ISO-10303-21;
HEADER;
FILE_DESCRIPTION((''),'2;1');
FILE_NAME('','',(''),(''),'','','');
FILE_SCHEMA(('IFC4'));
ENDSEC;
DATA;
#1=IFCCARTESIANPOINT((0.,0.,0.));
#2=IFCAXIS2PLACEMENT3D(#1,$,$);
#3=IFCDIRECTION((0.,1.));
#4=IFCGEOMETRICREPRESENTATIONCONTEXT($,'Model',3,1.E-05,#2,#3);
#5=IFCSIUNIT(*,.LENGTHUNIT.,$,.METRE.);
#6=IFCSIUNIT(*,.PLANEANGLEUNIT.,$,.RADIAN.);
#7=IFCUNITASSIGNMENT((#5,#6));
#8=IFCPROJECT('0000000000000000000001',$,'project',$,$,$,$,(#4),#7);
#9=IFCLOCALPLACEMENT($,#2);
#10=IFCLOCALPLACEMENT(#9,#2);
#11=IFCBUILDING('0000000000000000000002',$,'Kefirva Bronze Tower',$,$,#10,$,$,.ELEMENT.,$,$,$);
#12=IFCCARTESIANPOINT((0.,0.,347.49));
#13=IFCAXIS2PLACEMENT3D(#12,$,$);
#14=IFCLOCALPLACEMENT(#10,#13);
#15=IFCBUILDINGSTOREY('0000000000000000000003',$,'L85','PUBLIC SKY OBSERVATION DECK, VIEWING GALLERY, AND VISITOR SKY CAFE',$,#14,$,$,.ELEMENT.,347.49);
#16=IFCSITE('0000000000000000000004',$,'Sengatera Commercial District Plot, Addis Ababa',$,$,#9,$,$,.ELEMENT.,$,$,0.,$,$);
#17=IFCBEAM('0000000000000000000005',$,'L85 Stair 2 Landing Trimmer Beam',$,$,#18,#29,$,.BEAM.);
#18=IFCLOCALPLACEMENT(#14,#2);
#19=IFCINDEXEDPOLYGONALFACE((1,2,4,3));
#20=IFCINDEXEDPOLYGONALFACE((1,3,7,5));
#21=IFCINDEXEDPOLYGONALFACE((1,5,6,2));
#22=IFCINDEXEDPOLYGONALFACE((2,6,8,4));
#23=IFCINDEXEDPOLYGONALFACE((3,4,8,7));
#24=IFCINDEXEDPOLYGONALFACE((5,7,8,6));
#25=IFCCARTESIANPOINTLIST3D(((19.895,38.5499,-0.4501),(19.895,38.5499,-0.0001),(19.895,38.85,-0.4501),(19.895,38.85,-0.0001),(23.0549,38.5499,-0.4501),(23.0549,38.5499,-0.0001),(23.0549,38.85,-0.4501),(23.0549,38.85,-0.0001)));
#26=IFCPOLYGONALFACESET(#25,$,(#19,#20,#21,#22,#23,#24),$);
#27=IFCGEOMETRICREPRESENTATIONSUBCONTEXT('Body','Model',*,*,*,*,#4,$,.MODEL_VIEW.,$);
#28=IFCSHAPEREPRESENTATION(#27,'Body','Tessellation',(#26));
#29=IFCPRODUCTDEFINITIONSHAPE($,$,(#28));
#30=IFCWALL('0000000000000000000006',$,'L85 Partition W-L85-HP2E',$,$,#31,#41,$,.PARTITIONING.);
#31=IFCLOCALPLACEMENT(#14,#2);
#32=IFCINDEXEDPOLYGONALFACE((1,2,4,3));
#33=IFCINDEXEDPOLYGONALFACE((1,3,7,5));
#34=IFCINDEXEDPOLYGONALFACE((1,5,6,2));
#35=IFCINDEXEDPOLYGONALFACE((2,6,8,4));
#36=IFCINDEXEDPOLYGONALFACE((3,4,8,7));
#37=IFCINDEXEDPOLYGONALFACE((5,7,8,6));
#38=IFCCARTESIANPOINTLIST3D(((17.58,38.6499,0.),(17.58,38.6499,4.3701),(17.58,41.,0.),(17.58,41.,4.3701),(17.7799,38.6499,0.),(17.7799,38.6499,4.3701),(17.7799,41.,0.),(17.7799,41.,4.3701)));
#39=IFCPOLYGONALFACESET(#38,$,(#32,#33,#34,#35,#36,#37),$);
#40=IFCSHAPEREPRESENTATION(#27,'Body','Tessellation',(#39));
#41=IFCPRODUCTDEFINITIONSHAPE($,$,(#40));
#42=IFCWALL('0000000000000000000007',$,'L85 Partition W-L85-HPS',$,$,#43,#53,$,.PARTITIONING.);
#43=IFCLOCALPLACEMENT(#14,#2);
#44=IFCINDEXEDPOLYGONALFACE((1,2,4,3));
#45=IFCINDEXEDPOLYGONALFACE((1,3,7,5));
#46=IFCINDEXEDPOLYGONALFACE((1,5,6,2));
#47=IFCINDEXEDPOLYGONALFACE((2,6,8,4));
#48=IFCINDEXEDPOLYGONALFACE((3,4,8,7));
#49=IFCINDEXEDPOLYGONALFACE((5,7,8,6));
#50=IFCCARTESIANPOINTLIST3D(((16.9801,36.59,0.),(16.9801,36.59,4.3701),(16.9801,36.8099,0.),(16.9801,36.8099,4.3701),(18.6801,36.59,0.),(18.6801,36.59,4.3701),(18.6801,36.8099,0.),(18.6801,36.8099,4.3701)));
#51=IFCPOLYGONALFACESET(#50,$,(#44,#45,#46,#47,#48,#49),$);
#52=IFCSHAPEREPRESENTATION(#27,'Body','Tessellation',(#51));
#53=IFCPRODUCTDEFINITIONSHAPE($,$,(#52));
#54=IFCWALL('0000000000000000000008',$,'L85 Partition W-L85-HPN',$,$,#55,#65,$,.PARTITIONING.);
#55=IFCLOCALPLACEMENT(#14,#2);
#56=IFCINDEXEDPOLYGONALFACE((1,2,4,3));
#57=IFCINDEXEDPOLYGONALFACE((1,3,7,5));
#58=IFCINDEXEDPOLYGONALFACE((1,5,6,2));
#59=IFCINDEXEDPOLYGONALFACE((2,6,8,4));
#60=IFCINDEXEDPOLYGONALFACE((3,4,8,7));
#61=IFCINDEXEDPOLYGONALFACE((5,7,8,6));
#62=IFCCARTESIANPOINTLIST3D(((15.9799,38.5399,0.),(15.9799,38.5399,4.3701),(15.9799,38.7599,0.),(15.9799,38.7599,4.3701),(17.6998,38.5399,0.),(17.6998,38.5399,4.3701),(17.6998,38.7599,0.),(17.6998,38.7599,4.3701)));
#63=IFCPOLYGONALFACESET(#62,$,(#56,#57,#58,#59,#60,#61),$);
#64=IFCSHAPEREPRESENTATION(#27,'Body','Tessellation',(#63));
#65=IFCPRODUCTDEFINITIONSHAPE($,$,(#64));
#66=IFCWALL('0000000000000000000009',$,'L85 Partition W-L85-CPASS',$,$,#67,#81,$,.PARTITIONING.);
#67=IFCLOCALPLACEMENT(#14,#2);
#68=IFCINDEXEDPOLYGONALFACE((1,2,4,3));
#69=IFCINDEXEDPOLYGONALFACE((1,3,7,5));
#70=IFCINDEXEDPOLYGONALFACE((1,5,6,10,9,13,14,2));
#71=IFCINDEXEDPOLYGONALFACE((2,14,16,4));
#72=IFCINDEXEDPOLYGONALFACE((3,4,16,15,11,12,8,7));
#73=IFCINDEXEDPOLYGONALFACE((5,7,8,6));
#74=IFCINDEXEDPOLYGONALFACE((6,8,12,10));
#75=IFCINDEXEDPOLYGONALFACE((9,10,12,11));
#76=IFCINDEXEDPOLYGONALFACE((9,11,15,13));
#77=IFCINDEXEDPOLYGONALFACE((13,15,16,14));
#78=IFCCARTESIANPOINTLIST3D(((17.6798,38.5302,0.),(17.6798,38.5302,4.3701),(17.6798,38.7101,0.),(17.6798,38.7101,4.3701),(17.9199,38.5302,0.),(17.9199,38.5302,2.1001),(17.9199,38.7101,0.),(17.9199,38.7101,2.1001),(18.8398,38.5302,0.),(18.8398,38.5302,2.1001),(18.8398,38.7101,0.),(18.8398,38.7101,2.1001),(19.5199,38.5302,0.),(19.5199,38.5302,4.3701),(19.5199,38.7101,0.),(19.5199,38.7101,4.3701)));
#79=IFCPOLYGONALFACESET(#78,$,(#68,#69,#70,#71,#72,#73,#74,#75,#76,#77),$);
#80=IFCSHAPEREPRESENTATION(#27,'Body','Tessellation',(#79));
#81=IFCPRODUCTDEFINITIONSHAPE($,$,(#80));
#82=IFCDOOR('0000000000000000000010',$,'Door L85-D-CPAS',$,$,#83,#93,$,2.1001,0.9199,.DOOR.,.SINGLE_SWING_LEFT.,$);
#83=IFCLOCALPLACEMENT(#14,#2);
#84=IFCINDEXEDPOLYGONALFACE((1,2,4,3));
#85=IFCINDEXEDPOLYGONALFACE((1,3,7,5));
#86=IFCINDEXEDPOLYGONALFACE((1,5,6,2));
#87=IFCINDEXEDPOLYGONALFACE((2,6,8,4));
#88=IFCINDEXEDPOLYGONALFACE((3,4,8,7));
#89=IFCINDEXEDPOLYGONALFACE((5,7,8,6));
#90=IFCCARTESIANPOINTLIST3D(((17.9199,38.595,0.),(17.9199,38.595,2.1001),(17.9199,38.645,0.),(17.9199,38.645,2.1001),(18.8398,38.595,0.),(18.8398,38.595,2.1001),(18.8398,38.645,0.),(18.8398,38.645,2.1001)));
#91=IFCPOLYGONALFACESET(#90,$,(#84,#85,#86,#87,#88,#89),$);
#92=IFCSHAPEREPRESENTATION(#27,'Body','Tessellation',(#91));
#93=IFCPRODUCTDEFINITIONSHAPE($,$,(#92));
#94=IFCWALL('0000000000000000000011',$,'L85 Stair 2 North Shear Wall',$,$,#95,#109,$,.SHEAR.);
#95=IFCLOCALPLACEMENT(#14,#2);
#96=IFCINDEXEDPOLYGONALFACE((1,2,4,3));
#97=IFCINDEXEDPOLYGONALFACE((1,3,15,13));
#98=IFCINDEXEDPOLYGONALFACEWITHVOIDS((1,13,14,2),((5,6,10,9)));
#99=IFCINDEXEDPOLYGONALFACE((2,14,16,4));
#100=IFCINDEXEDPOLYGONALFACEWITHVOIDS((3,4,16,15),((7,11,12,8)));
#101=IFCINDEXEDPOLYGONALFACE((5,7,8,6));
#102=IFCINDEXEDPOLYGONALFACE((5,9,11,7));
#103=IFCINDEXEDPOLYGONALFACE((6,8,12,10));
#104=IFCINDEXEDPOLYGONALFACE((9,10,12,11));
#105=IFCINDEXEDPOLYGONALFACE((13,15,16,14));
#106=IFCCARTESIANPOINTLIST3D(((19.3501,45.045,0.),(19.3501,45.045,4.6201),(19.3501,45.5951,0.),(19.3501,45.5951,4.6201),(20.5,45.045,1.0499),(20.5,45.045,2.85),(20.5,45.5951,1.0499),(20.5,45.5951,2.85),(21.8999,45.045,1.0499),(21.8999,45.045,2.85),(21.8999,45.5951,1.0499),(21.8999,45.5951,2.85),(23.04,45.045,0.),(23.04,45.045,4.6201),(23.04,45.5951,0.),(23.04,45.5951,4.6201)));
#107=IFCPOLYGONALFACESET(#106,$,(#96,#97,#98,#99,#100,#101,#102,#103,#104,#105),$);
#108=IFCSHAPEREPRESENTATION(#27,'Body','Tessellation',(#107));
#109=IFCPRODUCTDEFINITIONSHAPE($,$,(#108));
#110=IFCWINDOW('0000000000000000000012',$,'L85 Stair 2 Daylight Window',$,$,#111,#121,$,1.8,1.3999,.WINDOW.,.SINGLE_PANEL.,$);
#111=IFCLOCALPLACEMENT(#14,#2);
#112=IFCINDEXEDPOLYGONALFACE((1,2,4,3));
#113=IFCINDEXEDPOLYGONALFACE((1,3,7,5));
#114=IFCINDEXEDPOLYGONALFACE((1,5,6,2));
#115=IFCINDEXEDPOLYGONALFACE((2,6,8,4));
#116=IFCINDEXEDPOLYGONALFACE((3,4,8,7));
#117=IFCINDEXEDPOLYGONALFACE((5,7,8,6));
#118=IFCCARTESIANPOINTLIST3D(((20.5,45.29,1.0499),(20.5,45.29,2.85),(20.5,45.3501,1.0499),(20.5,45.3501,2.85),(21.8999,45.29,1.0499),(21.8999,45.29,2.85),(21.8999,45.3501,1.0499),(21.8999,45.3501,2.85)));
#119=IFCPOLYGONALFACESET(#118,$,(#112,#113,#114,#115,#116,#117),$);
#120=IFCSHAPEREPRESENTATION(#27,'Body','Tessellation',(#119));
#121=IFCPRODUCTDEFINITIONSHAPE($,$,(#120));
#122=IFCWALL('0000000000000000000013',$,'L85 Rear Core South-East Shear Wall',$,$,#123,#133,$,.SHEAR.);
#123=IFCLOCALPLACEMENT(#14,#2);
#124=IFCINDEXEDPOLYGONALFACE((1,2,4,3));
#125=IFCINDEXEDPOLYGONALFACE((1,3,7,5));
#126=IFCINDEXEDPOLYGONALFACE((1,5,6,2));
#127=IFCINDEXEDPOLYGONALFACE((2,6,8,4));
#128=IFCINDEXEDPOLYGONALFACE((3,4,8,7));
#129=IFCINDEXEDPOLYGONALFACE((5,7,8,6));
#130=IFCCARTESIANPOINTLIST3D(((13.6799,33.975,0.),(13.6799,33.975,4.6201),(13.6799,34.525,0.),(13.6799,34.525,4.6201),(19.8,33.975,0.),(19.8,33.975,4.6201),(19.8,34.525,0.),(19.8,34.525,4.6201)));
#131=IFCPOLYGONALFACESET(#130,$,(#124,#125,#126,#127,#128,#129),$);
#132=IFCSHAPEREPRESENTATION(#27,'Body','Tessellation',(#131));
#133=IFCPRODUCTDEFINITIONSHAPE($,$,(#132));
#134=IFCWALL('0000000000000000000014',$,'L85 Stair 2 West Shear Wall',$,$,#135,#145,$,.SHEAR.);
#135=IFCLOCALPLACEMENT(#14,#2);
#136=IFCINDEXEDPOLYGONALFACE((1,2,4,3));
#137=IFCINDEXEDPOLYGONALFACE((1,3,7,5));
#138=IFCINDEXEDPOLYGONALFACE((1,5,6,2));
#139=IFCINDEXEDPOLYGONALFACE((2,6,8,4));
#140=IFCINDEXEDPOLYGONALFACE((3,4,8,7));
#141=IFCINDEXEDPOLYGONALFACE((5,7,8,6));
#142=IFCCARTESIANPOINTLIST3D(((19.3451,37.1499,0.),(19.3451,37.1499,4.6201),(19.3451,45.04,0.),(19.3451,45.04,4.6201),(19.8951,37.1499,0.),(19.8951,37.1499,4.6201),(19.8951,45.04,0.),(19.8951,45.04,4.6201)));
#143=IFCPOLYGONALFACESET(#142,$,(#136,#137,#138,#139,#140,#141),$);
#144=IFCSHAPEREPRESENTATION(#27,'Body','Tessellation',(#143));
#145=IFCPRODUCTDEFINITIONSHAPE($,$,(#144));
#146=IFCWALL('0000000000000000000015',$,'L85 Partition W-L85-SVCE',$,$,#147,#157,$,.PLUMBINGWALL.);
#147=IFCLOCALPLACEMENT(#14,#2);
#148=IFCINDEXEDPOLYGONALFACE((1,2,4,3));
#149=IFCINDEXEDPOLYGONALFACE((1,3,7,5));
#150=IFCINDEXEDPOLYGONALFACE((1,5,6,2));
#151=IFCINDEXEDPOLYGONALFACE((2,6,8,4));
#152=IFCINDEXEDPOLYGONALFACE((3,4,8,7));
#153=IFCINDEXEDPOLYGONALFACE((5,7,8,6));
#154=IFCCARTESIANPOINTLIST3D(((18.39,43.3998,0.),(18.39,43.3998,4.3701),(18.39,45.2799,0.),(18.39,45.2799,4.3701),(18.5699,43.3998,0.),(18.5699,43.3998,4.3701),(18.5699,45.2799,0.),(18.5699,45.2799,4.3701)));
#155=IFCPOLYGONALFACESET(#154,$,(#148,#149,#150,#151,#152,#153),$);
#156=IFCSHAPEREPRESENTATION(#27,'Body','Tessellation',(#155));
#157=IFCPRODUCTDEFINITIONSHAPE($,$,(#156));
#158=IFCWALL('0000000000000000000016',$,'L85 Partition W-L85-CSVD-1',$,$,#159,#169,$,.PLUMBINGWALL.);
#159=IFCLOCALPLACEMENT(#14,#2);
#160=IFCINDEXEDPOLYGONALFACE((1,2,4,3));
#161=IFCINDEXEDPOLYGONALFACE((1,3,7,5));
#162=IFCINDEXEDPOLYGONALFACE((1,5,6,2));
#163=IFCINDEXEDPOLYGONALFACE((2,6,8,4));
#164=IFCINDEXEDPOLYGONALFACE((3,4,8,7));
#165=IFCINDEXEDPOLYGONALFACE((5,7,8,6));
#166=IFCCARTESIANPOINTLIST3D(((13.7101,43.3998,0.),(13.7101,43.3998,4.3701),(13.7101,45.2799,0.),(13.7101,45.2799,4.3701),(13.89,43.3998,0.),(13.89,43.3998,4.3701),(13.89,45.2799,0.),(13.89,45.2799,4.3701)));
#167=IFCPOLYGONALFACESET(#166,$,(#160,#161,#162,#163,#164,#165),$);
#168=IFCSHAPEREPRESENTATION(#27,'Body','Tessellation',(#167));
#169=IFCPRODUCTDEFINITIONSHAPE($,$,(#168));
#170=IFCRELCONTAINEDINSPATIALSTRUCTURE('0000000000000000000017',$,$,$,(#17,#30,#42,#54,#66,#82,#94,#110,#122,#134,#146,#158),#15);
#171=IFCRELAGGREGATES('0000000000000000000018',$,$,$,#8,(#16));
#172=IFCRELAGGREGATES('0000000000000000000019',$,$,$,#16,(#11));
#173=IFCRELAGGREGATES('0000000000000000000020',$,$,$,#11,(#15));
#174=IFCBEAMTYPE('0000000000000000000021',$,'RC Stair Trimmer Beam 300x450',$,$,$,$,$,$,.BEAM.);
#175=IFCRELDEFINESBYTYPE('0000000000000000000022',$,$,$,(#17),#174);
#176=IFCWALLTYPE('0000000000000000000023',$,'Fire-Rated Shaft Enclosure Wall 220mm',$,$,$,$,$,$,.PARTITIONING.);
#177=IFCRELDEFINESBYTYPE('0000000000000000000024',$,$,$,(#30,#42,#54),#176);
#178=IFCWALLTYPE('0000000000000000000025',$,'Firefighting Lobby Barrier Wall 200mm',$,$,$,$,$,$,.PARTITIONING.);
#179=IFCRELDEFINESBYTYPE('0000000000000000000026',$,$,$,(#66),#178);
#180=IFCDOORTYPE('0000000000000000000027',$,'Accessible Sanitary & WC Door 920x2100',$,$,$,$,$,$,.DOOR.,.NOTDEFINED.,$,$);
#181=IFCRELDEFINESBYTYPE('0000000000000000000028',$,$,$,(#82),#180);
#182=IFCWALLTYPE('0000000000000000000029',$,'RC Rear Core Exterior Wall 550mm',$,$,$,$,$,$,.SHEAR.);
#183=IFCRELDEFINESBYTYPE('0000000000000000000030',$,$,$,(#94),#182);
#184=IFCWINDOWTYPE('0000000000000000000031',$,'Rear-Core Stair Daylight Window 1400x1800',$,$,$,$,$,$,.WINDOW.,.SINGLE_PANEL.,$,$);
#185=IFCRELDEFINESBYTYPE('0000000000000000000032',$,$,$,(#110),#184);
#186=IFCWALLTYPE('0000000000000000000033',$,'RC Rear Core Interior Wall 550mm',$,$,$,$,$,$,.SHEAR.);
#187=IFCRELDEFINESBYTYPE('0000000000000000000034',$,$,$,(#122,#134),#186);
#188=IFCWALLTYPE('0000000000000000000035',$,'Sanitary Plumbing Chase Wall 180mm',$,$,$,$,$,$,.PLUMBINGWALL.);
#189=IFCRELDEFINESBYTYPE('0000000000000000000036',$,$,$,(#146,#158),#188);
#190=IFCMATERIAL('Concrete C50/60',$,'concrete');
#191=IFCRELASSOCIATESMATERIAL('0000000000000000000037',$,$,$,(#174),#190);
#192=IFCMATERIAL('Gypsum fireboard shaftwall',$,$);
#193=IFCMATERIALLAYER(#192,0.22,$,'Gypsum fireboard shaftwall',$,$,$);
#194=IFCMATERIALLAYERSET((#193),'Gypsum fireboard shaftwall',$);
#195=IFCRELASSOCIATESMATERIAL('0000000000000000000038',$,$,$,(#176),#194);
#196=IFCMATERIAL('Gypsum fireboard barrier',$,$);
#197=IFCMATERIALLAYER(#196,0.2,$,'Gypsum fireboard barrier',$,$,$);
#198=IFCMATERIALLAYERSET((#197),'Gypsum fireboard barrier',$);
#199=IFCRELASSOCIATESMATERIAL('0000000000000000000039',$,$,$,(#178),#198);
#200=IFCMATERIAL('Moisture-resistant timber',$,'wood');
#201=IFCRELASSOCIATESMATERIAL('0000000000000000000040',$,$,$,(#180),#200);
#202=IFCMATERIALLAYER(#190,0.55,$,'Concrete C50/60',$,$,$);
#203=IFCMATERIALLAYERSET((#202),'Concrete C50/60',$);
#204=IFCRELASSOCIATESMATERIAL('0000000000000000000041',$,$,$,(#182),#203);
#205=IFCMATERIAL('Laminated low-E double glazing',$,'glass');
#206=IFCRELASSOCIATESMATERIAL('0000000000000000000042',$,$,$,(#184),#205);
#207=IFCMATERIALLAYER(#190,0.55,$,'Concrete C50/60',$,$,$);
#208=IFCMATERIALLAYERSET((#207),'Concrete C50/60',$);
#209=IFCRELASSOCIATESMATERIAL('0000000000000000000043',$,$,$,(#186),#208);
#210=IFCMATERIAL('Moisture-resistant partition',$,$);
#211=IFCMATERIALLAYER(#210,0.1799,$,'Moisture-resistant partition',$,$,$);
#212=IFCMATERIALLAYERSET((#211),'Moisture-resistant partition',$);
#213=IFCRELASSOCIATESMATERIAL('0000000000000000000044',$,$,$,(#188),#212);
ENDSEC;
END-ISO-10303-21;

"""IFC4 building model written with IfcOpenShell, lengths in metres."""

from ifc_helpers import new_model, si_unit, direction, frame, frame_2d, origin, origin_2d, place, context, subcontext, project, spatial, rectangle, extrude, material, layer, layer_set, material_profile, profile_set, type_object, element, fill, save


model = new_model("IFC4")

# Units and contexts
model_context = context("Model", 3, precision=1e-05, world=origin(), true_north=direction((0.0, 1.0)))
body_context = subcontext(model_context, "Body", "Model", "MODEL_VIEW")
ifc_project = project(units=[si_unit("LENGTHUNIT", "METRE"), si_unit("PLANEANGLEUNIT", "RADIAN")], contexts=[model_context])

# Site, building, storey
site_placement = place(None, origin())
site = spatial("IfcSite", under=ifc_project, at=site_placement, Name="Sengatera Commercial District Plot, Addis Ababa", CompositionType="ELEMENT", RefElevation=0.0)
building_placement = place(site_placement, origin())
building = spatial("IfcBuilding", under=site, at=building_placement, Name="Kefirva Bronze Tower", CompositionType="ELEMENT")
storey_placement = place(building_placement, frame((0.0, 0.0, 347.49)))
storey = spatial("IfcBuildingStorey", under=building, at=storey_placement, Name="L85", Description="PUBLIC SKY OBSERVATION DECK, VIEWING GALLERY, AND VISITOR SKY CAFE", CompositionType="ELEMENT", Elevation=347.49)

# Beam
ifc_material_1 = material(Name="Concrete C50/60", Category="concrete")
ifc_material_profile = material_profile(ifc_material_1, rectangle(XDim=0.3, YDim=0.45, at=origin_2d()), Name="RC 300x450")
ifc_profile_set = profile_set([ifc_material_profile], Name="Concrete C50/60")
beam_type = type_object("IfcBeamType", Name="RC Stair Trimmer Beam 300x450", PredefinedType="BEAM", material=ifc_profile_set)
beam_placement = place(storey_placement, frame((19.895, 38.7, -0.2251), z_axis=(1.0, 0.0, 0.0), x_axis=(0.0, 1.0, 0.0)))
element("IfcBeam", 1, at=beam_placement, inside=storey, type_object=beam_type, Name="L85 Stair 2 Landing Trimmer Beam", PredefinedType="BEAM", context=body_context, shape_type="SweptSolid", body=[
    extrude(rectangle(XDim=0.3, YDim=0.45, at=origin_2d()), origin(), (0.0, 0.0, 1.0), 3.1599),
])

# Shared definitions
ifc_material_2 = material(Name="Gypsum fireboard shaftwall")
ifc_layer_1 = layer(ifc_material_2, 0.22, Name="Gypsum fireboard shaftwall")
ifc_layer_set_1 = layer_set([ifc_layer_1], Name="Gypsum fireboard shaftwall")
wall_type_1 = type_object("IfcWallType", Name="Fire-Rated Shaft Enclosure Wall 220mm", PredefinedType="PARTITIONING", material=ifc_layer_set_1)

# Walls
wall_1_placement = place(storey_placement, frame((17.6799, 38.6499, 0.0), z_axis=(0.0, 0.0, 1.0), x_axis=(0.0, 1.0, 0.0)))
element("IfcWall", 2, at=wall_1_placement, inside=storey, type_object=wall_type_1, Name="L85 Partition W-L85-HP2E", PredefinedType="PARTITIONING", context=body_context, shape_type="SweptSolid", body=[
    extrude(rectangle(XDim=2.3501, YDim=0.2, at=frame_2d((1.175, 0.0))), origin(), (0.0, 0.0, 1.0), 4.3701),
])
wall_2_placement = place(storey_placement, frame((16.98, 36.7, 0.0), z_axis=(0.0, 0.0, 1.0), x_axis=(1.0, 0.0, 0.0)))
element("IfcWall", 3, at=wall_2_placement, inside=storey, type_object=wall_type_1, Name="L85 Partition W-L85-HPS", PredefinedType="PARTITIONING", context=body_context, shape_type="SweptSolid", body=[
    extrude(rectangle(XDim=1.7, YDim=0.22, at=frame_2d((0.8501, 0.0))), origin(), (0.0, 0.0, 1.0), 4.3701),
])
wall_3_placement = place(storey_placement, frame((15.98, 38.6499, 0.0), z_axis=(0.0, 0.0, 1.0), x_axis=(1.0, 0.0, 0.0)))
element("IfcWall", 4, at=wall_3_placement, inside=storey, type_object=wall_type_1, Name="L85 Partition W-L85-HPN", PredefinedType="PARTITIONING", context=body_context, shape_type="SweptSolid", body=[
    extrude(rectangle(XDim=1.72, YDim=0.22, at=frame_2d((0.8599, 0.0))), origin(), (0.0, 0.0, 1.0), 4.3701),
])

# Wall, opening, door
ifc_material_3 = material(Name="Gypsum fireboard barrier")
ifc_layer_2 = layer(ifc_material_3, 0.2, Name="Gypsum fireboard barrier")
ifc_layer_set_2 = layer_set([ifc_layer_2], Name="Gypsum fireboard barrier")
wall_type_2 = type_object("IfcWallType", Name="Firefighting Lobby Barrier Wall 200mm", PredefinedType="PARTITIONING", material=ifc_layer_set_2)
wall_4_placement = place(storey_placement, frame((17.6799, 38.6201, 0.0), z_axis=(0.0, 0.0, 1.0), x_axis=(1.0, 0.0, 0.0)))
wall_4 = element("IfcWall", 5, at=wall_4_placement, inside=storey, type_object=wall_type_2, Name="L85 Partition W-L85-CPASS", PredefinedType="PARTITIONING", context=body_context, shape_type="SweptSolid", body=[
    extrude(rectangle(XDim=1.8401, YDim=0.1799, at=frame_2d((0.9199, 0.0))), origin(), (0.0, 0.0, 1.0), 4.3701),
])
opening_1_placement = place(wall_4_placement, frame((0.24, 0.0, 0.0)))
opening_1 = element("IfcOpeningElement", 6, at=opening_1_placement, cuts=wall_4, PredefinedType="OPENING", context=body_context, shape_type="SweptSolid", body=[
    extrude(rectangle(XDim=0.9199, YDim=2.1001, at=frame_2d((0.46, 1.05))), frame((0.0, 0.1001, 0.0), z_axis=(0.0, -1.0, 0.0), x_axis=(1.0, 0.0, 0.0)), (0.0, 0.0, 1.0), 0.2),
])
ifc_material_4 = material(Name="Moisture-resistant timber", Category="wood")
door_type_1 = type_object("IfcDoorType", Name="Accessible Sanitary & WC Door 920x2100", OperationType="NOTDEFINED", PredefinedType="DOOR", material=ifc_material_4)
door_1_placement = place(opening_1_placement, origin())
door_1 = element("IfcDoor", 7, at=door_1_placement, inside=storey, type_object=door_type_1, Name="Door L85-D-CPAS", OperationType="SINGLE_SWING_LEFT", OverallHeight=2.1001, OverallWidth=0.9199, PredefinedType="DOOR", context=body_context, shape_type="SweptSolid", body=[
    extrude(rectangle(XDim=0.9199, YDim=2.1001, at=frame_2d((0.46, 1.05))), frame((0.0, 0.0249, 0.0), z_axis=(0.0, -1.0, 0.0), x_axis=(1.0, 0.0, 0.0)), (0.0, 0.0, 1.0), 0.05),
])
fill(opening_1, door_1)

# Wall, opening, window
ifc_layer_3 = layer(ifc_material_1, 0.55, Name="Concrete C50/60")
ifc_layer_set_3 = layer_set([ifc_layer_3], Name="Concrete C50/60")
wall_type_3 = type_object("IfcWallType", Name="RC Rear Core Exterior Wall 550mm", PredefinedType="SHEAR", material=ifc_layer_set_3)
wall_5_placement = place(storey_placement, frame((19.3501, 45.3201, 0.0), z_axis=(0.0, 0.0, 1.0), x_axis=(1.0, 0.0, 0.0)))
wall_5 = element("IfcWall", 8, at=wall_5_placement, inside=storey, type_object=wall_type_3, Name="L85 Stair 2 North Shear Wall", PredefinedType="SHEAR", context=body_context, shape_type="SweptSolid", body=[
    extrude(rectangle(XDim=3.6899, YDim=0.55, at=frame_2d((1.845, 0.0))), origin(), (0.0, 0.0, 1.0), 4.6201),
])
opening_2_placement = place(wall_5_placement, frame((1.1499, 0.0, 1.05)))
opening_2 = element("IfcOpeningElement", 9, at=opening_2_placement, cuts=wall_5, PredefinedType="OPENING", context=body_context, shape_type="SweptSolid", body=[
    extrude(rectangle(XDim=1.3999, YDim=1.8, at=frame_2d((0.7, 0.8999))), frame((0.0, 0.2852, 0.0), z_axis=(0.0, -1.0, 0.0), x_axis=(1.0, 0.0, 0.0)), (0.0, 0.0, 1.0), 0.5701),
])
ifc_material_5 = material(Name="Laminated low-E double glazing", Category="glass")
window_type = type_object("IfcWindowType", Name="Rear-Core Stair Daylight Window 1400x1800", PartitioningType="SINGLE_PANEL", PredefinedType="WINDOW", material=ifc_material_5)
window_placement = place(opening_2_placement, origin())
window = element("IfcWindow", 10, at=window_placement, inside=storey, type_object=window_type, Name="L85 Stair 2 Daylight Window", OverallHeight=1.8, OverallWidth=1.3999, PartitioningType="SINGLE_PANEL", PredefinedType="WINDOW", context=body_context, shape_type="SweptSolid", body=[
    extrude(rectangle(XDim=1.3999, YDim=1.8, at=frame_2d((0.7, 0.8999))), frame((0.0, 0.03, 0.0), z_axis=(0.0, -1.0, 0.0), x_axis=(1.0, 0.0, 0.0)), (0.0, 0.0, 1.0), 0.0601),
])
fill(opening_2, window)

# Walls
ifc_layer_4 = layer(ifc_material_1, 0.55, Name="Concrete C50/60")
ifc_layer_set_4 = layer_set([ifc_layer_4], Name="Concrete C50/60")
wall_type_4 = type_object("IfcWallType", Name="RC Rear Core Interior Wall 550mm", PredefinedType="SHEAR", material=ifc_layer_set_4)
wall_6_placement = place(storey_placement, frame((13.6799, 34.25, 0.0), z_axis=(0.0, 0.0, 1.0), x_axis=(1.0, 0.0, 0.0)))
element("IfcWall", 11, at=wall_6_placement, inside=storey, type_object=wall_type_4, Name="L85 Rear Core South-East Shear Wall", PredefinedType="SHEAR", context=body_context, shape_type="SweptSolid", body=[
    extrude(rectangle(XDim=6.1201, YDim=0.55, at=frame_2d((3.0601, 0.0))), origin(), (0.0, 0.0, 1.0), 4.6201),
])
wall_7_placement = place(storey_placement, frame((19.6201, 37.1499, 0.0), z_axis=(0.0, 0.0, 1.0), x_axis=(0.0, 1.0, 0.0)))
element("IfcWall", 12, at=wall_7_placement, inside=storey, type_object=wall_type_4, Name="L85 Stair 2 West Shear Wall", PredefinedType="SHEAR", context=body_context, shape_type="SweptSolid", body=[
    extrude(rectangle(XDim=7.8901, YDim=0.55, at=frame_2d((3.9451, 0.0))), origin(), (0.0, 0.0, 1.0), 4.6201),
])
ifc_material_6 = material(Name="Moisture-resistant partition")
ifc_layer_5 = layer(ifc_material_6, 0.1799, Name="Moisture-resistant partition")
ifc_layer_set_5 = layer_set([ifc_layer_5], Name="Moisture-resistant partition")
wall_type_5 = type_object("IfcWallType", Name="Sanitary Plumbing Chase Wall 180mm", PredefinedType="PLUMBINGWALL", material=ifc_layer_set_5)
for number, where, z_axis, x_axis, name in (
    (13, (18.48, 43.3999, 0.0), (0.0, 0.0, 1.0), (0.0, 1.0, 0.0), "L85 Partition W-L85-SVCE"),
    (14, (13.8, 43.3999, 0.0), (0.0, 0.0, 1.0), (0.0, 1.0, 0.0), "L85 Partition W-L85-CSVD-1"),
):
    element("IfcWall", number, at=place(storey_placement, frame(where, z_axis=z_axis, x_axis=x_axis)), inside=storey, type_object=wall_type_5, Name=name, PredefinedType="PLUMBINGWALL", context=body_context, shape_type="SweptSolid", body=[
        extrude(rectangle(XDim=1.8801, YDim=0.1799, at=frame_2d((0.9399, 0.0))), origin(), (0.0, 0.0, 1.0), 4.3701),
    ])

save(model, "model.ifc")
